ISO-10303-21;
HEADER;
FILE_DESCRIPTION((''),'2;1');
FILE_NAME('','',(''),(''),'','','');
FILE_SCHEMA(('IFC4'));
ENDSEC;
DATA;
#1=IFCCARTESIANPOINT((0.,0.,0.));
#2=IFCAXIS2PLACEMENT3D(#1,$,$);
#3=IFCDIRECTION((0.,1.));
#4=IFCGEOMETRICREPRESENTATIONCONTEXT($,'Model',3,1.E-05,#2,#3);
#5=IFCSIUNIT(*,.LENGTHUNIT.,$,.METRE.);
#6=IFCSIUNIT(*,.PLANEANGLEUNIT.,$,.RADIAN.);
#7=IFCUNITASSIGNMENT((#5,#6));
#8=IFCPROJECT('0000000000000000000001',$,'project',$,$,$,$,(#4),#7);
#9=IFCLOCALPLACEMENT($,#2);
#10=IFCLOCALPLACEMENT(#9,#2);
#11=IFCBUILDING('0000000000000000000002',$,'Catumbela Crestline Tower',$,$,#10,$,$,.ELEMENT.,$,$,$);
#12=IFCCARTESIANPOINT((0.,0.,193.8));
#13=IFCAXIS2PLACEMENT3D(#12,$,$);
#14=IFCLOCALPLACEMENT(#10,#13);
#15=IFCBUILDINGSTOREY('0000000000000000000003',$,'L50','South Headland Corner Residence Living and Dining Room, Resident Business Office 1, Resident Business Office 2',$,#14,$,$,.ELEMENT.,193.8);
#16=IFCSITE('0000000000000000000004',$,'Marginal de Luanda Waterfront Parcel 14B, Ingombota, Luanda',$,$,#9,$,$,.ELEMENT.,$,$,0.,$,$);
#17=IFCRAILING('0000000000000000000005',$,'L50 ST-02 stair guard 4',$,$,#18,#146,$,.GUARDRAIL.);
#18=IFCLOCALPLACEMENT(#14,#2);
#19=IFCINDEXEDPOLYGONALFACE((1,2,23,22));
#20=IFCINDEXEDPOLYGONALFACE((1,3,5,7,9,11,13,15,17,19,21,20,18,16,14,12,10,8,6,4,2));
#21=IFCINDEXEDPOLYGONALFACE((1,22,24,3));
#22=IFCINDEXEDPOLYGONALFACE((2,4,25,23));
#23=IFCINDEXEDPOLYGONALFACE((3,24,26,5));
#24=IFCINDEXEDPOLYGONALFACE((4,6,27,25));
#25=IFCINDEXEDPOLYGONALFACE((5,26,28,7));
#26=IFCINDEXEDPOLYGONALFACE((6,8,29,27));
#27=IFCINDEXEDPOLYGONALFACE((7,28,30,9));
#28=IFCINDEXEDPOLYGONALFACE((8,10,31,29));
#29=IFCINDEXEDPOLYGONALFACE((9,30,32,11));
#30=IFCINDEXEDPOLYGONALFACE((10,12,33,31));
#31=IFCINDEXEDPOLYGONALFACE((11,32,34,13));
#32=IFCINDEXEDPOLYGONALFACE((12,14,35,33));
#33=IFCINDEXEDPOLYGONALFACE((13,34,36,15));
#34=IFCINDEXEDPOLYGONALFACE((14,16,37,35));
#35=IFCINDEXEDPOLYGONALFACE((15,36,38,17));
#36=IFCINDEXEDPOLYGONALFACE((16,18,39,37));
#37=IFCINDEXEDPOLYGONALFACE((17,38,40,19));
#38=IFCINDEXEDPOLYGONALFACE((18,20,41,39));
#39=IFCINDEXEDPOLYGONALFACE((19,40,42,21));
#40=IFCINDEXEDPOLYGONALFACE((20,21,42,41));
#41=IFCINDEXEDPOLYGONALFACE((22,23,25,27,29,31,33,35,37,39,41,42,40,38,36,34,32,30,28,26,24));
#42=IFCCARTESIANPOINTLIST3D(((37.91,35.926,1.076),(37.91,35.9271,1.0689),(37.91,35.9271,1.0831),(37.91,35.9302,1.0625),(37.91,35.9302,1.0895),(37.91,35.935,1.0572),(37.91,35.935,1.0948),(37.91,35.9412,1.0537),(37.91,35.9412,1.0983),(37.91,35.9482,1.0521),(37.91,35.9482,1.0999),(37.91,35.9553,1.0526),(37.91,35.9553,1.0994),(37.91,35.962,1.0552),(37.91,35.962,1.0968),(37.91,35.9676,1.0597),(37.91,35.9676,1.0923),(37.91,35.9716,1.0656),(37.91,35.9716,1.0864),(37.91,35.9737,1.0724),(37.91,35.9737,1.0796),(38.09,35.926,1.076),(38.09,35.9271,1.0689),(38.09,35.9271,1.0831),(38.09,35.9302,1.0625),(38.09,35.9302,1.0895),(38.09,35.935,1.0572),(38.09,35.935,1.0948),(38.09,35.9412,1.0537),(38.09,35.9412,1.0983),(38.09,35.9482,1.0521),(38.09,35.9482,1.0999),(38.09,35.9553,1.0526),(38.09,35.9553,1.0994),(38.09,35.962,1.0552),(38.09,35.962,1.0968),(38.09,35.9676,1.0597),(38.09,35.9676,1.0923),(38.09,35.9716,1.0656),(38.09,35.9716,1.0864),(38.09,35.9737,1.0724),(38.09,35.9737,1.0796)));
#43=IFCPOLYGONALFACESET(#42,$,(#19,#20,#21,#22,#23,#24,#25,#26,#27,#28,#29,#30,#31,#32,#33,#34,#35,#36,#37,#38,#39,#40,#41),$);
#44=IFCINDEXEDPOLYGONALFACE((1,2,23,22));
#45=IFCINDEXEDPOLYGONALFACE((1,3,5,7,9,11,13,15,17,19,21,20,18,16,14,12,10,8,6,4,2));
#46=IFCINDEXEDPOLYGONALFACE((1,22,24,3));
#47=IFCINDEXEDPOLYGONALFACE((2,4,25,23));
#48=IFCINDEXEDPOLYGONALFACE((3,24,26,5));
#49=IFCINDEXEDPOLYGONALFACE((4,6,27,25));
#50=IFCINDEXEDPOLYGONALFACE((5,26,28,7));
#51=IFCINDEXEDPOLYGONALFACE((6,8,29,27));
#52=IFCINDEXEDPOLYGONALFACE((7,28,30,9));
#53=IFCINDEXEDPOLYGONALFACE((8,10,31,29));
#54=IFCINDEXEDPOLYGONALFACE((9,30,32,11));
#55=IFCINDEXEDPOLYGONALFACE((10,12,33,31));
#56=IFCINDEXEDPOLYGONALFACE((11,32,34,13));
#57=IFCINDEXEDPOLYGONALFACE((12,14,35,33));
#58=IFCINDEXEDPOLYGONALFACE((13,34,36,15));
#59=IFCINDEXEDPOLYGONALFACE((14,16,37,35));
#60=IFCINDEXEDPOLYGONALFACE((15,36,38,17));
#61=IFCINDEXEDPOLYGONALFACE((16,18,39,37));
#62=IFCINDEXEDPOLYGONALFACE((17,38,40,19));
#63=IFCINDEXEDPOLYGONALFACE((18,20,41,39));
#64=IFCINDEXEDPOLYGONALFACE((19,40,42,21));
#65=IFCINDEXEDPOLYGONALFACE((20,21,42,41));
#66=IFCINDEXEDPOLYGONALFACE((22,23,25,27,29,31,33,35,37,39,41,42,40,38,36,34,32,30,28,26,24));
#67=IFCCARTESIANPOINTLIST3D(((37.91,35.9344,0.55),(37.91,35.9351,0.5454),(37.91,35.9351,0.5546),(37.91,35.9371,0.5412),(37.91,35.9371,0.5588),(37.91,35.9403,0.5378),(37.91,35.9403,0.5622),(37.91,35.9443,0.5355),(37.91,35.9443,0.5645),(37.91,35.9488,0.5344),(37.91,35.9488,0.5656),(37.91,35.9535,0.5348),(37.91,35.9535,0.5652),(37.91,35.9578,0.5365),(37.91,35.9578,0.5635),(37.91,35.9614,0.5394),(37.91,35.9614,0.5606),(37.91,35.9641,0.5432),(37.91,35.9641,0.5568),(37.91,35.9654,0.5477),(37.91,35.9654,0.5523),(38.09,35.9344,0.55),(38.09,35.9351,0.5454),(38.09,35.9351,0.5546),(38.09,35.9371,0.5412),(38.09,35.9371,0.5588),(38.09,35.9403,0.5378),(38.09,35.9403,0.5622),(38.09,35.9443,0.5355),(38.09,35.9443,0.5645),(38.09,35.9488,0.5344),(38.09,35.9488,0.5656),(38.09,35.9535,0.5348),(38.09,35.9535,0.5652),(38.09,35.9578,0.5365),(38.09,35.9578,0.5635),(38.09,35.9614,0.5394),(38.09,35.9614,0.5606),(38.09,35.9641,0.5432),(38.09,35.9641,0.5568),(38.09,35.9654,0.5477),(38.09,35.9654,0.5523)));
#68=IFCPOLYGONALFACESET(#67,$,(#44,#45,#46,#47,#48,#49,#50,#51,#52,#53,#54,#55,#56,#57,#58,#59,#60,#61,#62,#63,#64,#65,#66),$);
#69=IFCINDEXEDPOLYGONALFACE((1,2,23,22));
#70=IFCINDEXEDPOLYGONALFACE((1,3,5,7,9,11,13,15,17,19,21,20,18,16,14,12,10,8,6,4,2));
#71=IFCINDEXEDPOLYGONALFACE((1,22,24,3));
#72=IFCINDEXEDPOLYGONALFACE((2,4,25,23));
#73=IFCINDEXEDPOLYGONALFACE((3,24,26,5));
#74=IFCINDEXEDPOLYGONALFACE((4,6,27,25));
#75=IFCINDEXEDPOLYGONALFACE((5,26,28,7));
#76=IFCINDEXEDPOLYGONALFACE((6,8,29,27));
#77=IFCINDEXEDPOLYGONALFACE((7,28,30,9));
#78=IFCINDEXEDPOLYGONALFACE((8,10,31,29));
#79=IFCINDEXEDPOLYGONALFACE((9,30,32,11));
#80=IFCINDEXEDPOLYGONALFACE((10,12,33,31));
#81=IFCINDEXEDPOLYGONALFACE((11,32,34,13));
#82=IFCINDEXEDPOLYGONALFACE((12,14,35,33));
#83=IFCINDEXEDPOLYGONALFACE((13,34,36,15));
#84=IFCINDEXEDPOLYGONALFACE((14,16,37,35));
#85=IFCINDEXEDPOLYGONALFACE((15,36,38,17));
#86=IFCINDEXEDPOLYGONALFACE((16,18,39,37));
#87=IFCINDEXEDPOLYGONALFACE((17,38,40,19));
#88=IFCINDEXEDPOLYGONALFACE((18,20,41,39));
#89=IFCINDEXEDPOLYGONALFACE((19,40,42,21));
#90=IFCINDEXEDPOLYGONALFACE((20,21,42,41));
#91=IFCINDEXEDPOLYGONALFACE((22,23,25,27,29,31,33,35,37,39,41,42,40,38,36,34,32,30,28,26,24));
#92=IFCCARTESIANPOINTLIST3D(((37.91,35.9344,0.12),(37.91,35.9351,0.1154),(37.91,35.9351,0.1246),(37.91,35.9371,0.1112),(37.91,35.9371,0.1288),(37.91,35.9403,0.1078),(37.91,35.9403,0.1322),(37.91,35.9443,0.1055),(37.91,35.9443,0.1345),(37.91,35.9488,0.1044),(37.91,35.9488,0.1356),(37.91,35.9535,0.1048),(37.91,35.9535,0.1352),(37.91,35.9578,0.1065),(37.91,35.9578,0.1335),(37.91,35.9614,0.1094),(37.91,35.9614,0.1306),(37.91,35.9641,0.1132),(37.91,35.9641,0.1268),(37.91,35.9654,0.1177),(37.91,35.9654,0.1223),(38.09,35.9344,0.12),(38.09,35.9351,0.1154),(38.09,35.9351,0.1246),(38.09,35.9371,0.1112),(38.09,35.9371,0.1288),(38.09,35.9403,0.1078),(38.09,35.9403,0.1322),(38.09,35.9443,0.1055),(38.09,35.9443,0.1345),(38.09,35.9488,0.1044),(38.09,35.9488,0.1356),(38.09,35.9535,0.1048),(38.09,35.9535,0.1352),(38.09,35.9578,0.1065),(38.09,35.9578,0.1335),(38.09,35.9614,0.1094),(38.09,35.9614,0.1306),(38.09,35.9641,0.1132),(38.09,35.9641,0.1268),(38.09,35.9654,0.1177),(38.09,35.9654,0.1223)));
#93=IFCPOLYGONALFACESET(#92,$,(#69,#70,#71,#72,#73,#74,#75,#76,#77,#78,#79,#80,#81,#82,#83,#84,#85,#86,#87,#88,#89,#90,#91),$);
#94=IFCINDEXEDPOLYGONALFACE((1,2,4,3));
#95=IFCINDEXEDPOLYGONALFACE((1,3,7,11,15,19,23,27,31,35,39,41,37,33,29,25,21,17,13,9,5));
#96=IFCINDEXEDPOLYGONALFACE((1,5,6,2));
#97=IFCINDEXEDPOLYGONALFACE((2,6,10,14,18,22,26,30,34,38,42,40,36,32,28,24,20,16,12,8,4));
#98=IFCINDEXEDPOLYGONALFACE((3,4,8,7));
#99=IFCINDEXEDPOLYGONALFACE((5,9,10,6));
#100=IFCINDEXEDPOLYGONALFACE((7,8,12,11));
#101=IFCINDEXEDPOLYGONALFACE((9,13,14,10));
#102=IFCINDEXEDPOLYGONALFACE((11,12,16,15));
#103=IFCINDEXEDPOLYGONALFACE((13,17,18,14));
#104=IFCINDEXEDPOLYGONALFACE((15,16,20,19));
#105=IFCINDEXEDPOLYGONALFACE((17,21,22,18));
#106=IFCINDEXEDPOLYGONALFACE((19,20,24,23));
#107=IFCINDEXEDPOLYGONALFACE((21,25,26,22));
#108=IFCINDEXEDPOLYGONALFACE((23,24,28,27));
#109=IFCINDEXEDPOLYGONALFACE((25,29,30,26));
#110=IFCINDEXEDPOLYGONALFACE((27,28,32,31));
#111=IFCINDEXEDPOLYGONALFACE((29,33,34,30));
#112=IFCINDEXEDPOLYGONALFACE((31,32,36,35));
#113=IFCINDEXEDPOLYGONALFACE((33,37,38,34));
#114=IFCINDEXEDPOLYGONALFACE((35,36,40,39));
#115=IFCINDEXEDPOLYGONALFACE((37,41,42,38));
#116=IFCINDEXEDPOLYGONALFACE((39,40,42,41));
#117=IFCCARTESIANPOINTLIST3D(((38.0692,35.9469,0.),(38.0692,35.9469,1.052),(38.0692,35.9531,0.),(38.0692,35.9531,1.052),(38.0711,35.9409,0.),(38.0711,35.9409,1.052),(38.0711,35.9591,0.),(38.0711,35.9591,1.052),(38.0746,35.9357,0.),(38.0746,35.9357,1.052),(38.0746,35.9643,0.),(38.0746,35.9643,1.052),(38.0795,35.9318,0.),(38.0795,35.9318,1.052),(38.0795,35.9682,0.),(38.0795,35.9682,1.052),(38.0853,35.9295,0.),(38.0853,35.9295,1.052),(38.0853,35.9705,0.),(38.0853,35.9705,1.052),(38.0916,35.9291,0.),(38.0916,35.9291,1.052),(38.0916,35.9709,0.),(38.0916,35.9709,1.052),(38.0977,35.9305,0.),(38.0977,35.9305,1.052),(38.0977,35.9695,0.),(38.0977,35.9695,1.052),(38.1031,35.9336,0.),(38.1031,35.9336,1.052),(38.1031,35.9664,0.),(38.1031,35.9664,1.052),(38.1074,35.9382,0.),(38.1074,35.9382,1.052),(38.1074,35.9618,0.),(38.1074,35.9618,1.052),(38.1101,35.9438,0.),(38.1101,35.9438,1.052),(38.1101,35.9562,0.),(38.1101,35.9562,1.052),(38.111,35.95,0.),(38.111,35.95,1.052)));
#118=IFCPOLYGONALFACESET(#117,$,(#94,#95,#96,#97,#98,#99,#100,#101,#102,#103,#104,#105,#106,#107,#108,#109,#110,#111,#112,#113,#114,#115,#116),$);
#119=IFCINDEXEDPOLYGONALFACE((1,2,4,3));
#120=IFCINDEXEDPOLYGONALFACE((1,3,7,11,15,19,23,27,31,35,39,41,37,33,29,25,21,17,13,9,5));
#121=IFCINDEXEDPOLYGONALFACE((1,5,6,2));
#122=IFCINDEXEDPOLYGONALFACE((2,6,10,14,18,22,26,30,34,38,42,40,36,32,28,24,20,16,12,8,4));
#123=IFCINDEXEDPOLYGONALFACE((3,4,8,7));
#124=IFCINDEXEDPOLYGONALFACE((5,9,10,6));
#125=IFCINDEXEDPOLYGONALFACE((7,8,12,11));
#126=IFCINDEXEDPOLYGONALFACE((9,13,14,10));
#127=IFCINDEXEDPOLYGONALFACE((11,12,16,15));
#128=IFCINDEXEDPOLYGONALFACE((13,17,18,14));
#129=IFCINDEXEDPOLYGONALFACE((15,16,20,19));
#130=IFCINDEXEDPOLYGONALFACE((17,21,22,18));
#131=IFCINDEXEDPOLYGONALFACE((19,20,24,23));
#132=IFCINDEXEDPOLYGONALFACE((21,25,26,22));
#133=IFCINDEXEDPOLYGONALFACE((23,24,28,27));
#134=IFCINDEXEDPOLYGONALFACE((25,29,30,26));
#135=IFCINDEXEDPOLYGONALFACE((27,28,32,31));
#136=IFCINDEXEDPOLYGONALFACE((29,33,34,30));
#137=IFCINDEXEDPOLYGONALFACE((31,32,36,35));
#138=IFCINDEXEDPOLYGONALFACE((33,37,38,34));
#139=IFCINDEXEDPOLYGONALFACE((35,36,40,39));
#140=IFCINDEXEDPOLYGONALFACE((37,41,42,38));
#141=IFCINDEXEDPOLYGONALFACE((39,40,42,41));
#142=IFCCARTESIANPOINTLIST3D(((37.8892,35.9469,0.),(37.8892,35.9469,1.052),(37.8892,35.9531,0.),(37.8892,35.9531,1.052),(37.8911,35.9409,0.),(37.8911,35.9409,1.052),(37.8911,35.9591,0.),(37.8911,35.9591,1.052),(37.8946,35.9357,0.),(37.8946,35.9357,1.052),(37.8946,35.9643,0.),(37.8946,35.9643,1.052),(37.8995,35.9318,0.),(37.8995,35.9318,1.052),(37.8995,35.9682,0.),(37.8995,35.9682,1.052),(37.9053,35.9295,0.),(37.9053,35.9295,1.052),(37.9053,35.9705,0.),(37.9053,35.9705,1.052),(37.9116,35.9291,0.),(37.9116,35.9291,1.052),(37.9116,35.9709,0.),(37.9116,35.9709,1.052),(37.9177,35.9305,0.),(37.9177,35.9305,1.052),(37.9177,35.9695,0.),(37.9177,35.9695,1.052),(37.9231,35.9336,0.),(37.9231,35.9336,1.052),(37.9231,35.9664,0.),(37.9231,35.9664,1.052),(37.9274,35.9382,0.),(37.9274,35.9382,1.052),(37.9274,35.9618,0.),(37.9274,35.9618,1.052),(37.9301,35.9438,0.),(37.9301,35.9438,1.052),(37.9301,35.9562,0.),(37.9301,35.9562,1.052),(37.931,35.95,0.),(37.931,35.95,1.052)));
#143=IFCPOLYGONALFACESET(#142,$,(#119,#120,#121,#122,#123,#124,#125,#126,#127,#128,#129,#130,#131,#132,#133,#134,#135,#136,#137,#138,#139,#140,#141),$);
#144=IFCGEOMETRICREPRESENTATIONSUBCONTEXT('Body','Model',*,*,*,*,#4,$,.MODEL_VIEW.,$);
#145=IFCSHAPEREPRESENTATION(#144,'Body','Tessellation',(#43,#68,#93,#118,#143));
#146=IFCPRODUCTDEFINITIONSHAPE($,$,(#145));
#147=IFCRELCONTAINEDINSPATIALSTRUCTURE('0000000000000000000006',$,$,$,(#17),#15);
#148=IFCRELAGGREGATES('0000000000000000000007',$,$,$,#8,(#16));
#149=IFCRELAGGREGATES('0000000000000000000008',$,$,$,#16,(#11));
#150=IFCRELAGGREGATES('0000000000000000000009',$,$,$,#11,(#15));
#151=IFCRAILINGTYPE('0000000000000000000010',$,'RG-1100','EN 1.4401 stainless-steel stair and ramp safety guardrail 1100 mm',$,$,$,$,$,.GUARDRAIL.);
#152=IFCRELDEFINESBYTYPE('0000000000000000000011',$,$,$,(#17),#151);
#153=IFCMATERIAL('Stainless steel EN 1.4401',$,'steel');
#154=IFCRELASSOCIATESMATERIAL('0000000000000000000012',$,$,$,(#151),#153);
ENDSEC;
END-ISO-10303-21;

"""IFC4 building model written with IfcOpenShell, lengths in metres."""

from ifc_helpers import new_model, si_unit, direction, frame, origin, origin_2d, place, context, subcontext, project, spatial, circle, extrude, material, type_object, element, save


model = new_model("IFC4")

# Units and contexts
model_context = context("Model", 3, precision=1e-05, world=origin(), true_north=direction((0.0, 1.0)))
body_context = subcontext(model_context, "Body", "Model", "MODEL_VIEW")
ifc_project = project(units=[si_unit("LENGTHUNIT", "METRE"), si_unit("PLANEANGLEUNIT", "RADIAN")], contexts=[model_context])

# Site, building, storey
site_placement = place(None, origin())
site = spatial("IfcSite", under=ifc_project, at=site_placement, Name="Marginal de Luanda Waterfront Parcel 14B, Ingombota, Luanda", CompositionType="ELEMENT", RefElevation=0.0)
building_placement = place(site_placement, origin())
building = spatial("IfcBuilding", under=site, at=building_placement, Name="Catumbela Crestline Tower", CompositionType="ELEMENT")
storey_placement = place(building_placement, frame((0.0, 0.0, 193.8)))
storey = spatial("IfcBuildingStorey", under=building, at=storey_placement, Name="L50", Description="South Headland Corner Residence Living and Dining Room, Resident Business Office 1, Resident Business Office 2", CompositionType="ELEMENT", Elevation=193.8)

# Shared definitions
ifc_material_1 = material(Name="Stainless steel EN 1.4401", Category="steel")

# Railing
railing_type_1 = type_object("IfcRailingType", Name="RG-1100", Description="EN 1.4401 stainless-steel stair and ramp safety guardrail 1100 mm", PredefinedType="GUARDRAIL", material=ifc_material_1)
railing_1_placement = place(storey_placement, frame((38.09, 35.95, 0.0)))
element("IfcRailing", 1, at=railing_1_placement, inside=storey, type_object=railing_type_1, Name="L50 ST-02 stair guard 4", PredefinedType="GUARDRAIL", context=body_context, shape_type="SweptSolid", body=[
    extrude(circle(Radius=0.024, at=origin_2d()), frame((0.0, 0.0, 1.076), z_axis=(-1.0, 0.0, 0.0), x_axis=(0.0, -1.0, 0.0)), (0.0, 0.0, 1.0), 0.18),
    extrude(circle(Radius=0.0156, at=origin_2d()), frame((0.0, 0.0, 0.55), z_axis=(-1.0, 0.0, 0.0), x_axis=(0.0, -1.0, 0.0)), (0.0, 0.0, 1.0), 0.18),
    extrude(circle(Radius=0.0156, at=origin_2d()), frame((0.0, 0.0, 0.12), z_axis=(-1.0, 0.0, 0.0), x_axis=(0.0, -1.0, 0.0)), (0.0, 0.0, 1.0), 0.18),
    extrude(circle(Radius=0.021, at=origin_2d()), origin(), (0.0, 0.0, 1.0), 1.052),
    extrude(circle(Radius=0.021, at=origin_2d()), frame((-0.18, 0.0, 0.0)), (0.0, 0.0, 1.0), 1.052),
])

save(model, "model.ifc")
